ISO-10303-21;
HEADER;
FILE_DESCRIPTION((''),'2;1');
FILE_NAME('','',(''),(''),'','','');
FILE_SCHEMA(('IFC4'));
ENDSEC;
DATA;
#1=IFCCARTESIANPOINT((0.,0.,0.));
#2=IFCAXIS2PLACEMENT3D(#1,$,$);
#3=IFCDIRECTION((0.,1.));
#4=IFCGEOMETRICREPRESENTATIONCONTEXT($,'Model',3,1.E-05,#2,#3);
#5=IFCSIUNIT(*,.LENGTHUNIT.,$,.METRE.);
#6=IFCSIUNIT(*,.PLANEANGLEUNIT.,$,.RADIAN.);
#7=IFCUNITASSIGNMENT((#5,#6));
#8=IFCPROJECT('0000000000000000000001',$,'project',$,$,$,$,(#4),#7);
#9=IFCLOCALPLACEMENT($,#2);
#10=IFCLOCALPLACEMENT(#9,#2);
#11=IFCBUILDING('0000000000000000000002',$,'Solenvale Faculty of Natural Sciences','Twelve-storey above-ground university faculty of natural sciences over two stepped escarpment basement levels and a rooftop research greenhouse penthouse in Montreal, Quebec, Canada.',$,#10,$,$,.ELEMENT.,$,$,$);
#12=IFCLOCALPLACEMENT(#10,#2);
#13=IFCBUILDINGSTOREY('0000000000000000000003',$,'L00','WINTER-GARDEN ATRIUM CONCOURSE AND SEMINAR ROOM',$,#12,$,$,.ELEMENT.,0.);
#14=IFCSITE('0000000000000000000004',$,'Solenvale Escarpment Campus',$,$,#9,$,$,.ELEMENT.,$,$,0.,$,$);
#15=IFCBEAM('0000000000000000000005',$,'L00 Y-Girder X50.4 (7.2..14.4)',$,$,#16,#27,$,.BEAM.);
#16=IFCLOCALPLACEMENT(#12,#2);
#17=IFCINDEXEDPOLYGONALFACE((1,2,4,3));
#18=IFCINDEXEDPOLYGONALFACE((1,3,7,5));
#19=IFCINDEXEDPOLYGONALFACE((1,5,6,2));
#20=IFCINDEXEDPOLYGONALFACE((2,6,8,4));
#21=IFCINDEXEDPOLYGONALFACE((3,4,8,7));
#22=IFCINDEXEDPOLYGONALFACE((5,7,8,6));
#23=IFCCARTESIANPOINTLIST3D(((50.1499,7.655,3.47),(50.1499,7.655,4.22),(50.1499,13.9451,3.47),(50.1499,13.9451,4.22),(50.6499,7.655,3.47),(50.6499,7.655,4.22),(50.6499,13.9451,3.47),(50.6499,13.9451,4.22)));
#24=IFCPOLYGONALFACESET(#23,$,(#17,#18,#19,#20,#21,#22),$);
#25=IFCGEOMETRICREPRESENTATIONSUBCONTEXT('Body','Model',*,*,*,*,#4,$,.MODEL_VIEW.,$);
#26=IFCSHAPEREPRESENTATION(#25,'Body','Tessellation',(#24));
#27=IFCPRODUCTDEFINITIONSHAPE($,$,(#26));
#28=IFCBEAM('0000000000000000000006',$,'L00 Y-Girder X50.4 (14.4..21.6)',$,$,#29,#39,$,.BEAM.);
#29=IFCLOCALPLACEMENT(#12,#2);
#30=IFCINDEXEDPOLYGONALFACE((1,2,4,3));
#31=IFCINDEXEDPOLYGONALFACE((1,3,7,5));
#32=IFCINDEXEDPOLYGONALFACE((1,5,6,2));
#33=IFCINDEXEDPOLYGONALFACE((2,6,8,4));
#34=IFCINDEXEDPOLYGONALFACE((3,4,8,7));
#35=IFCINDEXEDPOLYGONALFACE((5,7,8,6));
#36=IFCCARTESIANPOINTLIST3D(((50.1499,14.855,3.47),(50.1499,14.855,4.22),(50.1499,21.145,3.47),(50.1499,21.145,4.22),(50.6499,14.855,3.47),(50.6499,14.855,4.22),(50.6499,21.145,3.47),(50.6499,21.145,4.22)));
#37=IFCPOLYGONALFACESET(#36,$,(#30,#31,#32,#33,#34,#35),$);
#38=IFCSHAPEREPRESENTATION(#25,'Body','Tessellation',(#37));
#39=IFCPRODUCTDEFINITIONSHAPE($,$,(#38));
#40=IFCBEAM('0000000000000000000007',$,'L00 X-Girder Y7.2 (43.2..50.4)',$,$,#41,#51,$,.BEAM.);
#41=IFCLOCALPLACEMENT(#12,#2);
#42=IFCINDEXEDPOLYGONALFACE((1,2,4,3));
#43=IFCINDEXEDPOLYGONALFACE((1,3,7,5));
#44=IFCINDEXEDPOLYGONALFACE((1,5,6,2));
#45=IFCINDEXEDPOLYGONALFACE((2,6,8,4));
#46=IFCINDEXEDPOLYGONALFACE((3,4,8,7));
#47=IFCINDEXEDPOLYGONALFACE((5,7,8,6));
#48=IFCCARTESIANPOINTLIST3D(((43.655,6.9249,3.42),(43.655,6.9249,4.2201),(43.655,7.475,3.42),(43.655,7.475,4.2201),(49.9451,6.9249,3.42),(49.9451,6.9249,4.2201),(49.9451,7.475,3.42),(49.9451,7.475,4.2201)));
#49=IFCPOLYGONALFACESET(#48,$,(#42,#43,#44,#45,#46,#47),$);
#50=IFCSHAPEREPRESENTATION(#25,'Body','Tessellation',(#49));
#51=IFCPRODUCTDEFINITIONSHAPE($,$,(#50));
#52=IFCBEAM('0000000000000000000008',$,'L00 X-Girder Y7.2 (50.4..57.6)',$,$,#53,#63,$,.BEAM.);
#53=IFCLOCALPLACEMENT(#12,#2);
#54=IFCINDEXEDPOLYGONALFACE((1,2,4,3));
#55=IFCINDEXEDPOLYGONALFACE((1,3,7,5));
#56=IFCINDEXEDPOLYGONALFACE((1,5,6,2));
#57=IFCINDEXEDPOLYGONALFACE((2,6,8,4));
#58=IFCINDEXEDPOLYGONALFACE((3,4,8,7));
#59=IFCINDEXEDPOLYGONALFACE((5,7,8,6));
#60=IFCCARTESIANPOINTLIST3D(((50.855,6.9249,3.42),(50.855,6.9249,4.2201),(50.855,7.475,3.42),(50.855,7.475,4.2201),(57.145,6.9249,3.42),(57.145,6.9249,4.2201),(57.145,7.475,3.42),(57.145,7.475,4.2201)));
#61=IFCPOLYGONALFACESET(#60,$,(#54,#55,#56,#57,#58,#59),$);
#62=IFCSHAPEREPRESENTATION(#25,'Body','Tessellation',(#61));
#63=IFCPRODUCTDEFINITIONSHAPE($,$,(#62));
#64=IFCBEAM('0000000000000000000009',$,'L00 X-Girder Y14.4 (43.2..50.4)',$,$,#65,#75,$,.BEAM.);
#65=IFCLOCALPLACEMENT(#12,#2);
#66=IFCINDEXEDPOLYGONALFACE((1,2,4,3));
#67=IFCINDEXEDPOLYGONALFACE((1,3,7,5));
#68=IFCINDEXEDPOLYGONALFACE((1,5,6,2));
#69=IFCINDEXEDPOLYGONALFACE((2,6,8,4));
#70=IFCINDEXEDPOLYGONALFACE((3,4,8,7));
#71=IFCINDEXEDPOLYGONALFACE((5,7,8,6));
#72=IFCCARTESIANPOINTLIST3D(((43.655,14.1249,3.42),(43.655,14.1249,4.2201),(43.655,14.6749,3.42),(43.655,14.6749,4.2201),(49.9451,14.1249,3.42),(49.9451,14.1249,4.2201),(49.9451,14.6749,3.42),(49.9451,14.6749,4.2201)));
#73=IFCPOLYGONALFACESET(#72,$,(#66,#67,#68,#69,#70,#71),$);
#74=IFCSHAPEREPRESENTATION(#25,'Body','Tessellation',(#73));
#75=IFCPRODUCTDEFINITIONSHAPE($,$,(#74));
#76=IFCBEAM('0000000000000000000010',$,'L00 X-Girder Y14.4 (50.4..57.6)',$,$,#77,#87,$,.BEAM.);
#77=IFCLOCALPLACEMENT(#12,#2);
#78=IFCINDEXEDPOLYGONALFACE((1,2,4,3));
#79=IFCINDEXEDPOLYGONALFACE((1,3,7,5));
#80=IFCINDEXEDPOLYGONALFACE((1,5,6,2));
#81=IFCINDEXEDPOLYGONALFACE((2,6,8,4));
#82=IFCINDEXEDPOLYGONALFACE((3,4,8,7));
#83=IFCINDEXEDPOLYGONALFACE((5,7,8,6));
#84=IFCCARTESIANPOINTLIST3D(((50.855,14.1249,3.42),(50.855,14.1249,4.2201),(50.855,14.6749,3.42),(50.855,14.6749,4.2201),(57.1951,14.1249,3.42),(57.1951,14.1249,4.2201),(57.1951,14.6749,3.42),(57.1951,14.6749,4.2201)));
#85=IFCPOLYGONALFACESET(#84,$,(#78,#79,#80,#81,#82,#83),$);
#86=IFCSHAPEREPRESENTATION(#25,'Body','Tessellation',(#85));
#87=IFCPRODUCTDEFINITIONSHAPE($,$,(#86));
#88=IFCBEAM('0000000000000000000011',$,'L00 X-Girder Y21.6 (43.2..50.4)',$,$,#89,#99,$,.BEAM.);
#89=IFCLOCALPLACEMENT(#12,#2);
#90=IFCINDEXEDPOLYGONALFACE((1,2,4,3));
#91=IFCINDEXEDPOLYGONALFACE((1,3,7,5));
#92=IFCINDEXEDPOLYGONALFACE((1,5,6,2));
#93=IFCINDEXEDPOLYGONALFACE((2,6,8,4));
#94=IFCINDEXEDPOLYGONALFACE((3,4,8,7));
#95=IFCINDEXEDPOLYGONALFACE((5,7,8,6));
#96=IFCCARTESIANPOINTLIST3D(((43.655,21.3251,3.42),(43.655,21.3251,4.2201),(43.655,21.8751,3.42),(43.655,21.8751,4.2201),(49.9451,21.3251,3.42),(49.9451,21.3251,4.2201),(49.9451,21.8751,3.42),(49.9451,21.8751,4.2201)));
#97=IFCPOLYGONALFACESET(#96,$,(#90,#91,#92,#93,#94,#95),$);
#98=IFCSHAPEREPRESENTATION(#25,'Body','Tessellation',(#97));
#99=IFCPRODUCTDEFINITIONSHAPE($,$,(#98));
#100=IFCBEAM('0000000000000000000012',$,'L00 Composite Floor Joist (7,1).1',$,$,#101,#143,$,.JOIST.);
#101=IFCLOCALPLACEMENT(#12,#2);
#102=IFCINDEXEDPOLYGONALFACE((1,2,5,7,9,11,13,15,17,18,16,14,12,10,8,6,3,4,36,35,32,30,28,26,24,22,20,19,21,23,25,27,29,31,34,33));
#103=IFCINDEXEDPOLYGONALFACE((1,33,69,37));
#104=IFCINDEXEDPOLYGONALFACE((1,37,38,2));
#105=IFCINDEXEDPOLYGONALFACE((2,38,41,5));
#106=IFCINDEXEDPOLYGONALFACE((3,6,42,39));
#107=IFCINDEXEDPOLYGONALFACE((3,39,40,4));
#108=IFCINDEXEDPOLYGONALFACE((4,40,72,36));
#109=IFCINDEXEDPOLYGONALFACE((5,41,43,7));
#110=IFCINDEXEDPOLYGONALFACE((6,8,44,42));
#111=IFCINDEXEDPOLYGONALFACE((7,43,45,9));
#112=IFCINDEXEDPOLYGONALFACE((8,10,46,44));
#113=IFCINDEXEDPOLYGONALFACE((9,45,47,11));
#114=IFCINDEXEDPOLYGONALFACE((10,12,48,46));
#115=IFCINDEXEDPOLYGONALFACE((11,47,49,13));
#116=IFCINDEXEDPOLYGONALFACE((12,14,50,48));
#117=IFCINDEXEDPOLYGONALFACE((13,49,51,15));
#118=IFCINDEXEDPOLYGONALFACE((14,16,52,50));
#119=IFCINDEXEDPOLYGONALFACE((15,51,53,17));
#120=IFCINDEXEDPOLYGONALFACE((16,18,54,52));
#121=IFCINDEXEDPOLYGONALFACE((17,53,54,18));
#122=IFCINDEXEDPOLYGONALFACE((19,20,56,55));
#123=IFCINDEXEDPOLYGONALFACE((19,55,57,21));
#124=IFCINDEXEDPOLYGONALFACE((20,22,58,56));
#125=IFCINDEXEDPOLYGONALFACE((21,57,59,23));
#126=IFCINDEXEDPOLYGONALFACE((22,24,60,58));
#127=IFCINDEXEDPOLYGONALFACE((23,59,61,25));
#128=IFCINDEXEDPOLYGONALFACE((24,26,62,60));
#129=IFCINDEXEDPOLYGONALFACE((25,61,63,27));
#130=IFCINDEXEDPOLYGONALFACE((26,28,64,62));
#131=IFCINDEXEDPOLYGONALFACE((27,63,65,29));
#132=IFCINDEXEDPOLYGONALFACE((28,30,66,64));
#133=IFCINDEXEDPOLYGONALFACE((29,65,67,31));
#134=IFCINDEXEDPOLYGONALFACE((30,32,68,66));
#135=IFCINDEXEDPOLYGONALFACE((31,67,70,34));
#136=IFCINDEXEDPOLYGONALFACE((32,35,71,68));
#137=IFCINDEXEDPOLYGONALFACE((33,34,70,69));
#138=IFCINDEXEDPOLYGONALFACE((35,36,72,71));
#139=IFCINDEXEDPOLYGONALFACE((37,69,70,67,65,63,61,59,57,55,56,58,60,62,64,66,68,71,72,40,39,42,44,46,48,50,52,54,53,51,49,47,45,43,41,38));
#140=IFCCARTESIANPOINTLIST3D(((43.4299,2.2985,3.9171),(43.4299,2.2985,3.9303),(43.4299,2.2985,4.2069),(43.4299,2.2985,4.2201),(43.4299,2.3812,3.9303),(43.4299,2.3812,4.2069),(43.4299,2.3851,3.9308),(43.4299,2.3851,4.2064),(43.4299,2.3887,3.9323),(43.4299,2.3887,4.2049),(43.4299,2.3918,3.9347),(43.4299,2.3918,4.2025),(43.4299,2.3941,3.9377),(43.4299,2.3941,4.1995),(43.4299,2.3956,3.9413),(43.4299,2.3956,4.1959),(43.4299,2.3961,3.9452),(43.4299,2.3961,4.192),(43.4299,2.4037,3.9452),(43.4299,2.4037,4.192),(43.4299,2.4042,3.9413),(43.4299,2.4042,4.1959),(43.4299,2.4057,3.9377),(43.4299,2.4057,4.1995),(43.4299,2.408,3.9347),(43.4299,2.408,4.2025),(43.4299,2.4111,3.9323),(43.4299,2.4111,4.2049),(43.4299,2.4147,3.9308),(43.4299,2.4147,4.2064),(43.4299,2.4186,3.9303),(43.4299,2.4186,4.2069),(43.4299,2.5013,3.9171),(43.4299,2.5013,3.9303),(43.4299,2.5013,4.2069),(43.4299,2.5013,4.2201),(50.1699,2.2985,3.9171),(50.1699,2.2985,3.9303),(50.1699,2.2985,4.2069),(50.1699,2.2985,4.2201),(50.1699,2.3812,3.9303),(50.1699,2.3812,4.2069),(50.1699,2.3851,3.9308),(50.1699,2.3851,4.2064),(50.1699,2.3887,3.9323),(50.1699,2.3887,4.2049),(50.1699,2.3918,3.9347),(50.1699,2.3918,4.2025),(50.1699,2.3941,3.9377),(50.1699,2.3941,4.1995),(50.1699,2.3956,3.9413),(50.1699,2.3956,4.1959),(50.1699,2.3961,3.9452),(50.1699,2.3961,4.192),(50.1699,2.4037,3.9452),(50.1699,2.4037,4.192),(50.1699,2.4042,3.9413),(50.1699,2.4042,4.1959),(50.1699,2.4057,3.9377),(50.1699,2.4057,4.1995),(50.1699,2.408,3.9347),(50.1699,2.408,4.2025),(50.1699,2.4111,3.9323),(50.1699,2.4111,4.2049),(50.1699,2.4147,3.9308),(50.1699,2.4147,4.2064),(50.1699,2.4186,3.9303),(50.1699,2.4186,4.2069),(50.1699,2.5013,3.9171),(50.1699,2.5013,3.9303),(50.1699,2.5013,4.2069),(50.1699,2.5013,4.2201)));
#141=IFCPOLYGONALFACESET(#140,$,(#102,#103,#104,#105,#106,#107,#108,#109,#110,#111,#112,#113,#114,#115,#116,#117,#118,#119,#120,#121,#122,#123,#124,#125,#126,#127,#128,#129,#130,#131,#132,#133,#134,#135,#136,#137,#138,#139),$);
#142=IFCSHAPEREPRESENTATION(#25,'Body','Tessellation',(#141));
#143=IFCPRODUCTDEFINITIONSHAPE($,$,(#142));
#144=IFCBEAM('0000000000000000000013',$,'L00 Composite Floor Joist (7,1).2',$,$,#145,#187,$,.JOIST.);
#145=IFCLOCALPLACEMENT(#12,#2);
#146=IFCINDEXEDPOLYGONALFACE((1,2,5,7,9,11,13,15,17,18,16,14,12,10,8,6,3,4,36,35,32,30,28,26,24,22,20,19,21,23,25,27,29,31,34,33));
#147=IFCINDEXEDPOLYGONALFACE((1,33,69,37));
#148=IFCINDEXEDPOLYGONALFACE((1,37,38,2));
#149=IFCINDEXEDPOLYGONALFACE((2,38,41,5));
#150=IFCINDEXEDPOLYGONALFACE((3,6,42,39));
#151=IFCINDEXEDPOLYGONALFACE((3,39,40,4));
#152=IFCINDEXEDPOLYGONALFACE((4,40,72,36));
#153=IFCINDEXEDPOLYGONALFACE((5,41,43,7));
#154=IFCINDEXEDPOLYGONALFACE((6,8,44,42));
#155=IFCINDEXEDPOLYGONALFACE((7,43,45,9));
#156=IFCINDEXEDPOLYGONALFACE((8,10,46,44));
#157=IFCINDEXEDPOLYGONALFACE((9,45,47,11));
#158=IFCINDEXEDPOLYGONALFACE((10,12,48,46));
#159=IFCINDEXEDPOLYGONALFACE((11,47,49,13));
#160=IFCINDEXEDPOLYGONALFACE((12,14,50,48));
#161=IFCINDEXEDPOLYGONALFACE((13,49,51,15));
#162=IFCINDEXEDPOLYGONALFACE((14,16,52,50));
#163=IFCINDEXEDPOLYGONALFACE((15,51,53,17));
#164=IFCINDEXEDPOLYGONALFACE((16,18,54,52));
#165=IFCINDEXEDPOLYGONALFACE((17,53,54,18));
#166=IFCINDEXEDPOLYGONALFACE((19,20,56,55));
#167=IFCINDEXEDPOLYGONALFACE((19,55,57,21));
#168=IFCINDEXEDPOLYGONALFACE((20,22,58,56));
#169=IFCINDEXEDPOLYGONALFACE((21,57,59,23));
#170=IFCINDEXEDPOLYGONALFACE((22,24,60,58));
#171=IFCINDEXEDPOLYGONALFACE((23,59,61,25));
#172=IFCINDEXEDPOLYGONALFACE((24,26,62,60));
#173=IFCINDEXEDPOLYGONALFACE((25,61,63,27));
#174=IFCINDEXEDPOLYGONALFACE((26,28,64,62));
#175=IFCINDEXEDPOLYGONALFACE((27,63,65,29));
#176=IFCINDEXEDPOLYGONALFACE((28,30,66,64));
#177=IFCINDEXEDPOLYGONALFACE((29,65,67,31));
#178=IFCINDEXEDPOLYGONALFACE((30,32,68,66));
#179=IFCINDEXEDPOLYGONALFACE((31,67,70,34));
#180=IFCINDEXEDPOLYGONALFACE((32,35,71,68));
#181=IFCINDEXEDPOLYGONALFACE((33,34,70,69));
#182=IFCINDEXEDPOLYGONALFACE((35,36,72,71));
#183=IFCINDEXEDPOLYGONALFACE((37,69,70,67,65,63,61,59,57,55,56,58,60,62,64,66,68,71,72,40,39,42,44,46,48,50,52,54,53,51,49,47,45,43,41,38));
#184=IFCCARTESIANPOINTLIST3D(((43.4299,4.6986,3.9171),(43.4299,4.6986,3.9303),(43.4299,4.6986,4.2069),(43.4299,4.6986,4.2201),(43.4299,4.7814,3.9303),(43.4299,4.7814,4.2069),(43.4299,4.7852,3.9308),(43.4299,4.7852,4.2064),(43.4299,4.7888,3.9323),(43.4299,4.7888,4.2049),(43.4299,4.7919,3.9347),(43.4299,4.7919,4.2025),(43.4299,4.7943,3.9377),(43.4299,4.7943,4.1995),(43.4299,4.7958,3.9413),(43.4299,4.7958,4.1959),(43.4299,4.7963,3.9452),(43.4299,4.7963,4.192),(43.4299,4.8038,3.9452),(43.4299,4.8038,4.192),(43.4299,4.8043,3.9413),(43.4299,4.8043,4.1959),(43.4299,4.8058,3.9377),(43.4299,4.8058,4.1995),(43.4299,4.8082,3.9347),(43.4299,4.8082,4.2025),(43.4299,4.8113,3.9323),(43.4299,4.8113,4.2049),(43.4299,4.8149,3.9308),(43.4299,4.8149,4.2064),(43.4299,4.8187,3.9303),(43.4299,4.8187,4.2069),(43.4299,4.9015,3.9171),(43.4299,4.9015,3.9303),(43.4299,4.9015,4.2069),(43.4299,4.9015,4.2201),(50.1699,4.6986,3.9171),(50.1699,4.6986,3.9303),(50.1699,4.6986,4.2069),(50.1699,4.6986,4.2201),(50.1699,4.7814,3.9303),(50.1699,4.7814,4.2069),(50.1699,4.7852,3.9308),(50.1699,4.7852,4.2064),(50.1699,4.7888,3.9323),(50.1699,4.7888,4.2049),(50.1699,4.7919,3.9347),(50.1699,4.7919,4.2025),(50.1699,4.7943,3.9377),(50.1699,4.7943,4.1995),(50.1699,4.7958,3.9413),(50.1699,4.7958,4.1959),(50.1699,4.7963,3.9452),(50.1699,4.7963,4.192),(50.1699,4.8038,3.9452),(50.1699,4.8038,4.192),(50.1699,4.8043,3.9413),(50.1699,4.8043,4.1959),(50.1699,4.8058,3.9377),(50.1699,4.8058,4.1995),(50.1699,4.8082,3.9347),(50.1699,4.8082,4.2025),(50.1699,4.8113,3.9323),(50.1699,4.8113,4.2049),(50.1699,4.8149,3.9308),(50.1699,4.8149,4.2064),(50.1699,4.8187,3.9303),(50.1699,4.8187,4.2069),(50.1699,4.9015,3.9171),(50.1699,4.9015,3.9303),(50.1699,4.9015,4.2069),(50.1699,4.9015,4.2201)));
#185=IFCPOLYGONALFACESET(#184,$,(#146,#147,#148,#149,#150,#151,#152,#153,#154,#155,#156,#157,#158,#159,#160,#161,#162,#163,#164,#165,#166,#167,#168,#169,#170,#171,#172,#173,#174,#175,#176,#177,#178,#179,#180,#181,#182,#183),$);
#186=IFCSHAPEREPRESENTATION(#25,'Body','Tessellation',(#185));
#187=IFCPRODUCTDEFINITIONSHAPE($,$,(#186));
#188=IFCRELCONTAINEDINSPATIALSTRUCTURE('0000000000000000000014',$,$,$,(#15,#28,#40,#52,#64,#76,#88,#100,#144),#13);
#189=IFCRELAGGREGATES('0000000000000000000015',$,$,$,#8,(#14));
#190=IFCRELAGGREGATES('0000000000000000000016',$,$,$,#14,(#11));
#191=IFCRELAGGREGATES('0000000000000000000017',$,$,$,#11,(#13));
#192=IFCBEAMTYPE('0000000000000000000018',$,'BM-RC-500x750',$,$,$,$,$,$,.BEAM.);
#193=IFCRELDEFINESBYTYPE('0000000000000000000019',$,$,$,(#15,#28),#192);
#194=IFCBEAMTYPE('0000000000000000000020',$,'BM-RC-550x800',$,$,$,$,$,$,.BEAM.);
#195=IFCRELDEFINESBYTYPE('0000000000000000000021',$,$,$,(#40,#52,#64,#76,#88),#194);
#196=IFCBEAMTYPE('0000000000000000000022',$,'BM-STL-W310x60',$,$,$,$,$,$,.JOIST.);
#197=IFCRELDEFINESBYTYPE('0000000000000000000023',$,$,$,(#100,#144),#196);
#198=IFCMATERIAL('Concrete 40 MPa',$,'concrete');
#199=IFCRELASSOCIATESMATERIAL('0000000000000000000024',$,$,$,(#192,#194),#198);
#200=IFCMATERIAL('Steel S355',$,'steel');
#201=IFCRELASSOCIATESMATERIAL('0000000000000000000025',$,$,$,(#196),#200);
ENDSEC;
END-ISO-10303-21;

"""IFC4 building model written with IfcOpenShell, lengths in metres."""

from ifc_helpers import new_model, si_unit, direction, frame, origin, origin_2d, place, context, subcontext, project, spatial, rectangle, i_section, extrude, material, material_profile, profile_set, type_object, element, save


model = new_model("IFC4")

# Units and contexts
model_context = context("Model", 3, precision=1e-05, world=origin(), true_north=direction((0.0, 1.0)))
body_context = subcontext(model_context, "Body", "Model", "MODEL_VIEW")
ifc_project = project(units=[si_unit("LENGTHUNIT", "METRE"), si_unit("PLANEANGLEUNIT", "RADIAN")], contexts=[model_context])

# Site, building, storey
site_placement = place(None, origin())
site = spatial("IfcSite", under=ifc_project, at=site_placement, Name="Solenvale Escarpment Campus", CompositionType="ELEMENT", RefElevation=0.0)
building_placement = place(site_placement, origin())
building = spatial("IfcBuilding", under=site, at=building_placement, Name="Solenvale Faculty of Natural Sciences", Description="Twelve-storey above-ground university faculty of natural sciences over two stepped escarpment basement levels and a rooftop research greenhouse penthouse in Montreal, Quebec, Canada.", CompositionType="ELEMENT")
storey_placement = place(building_placement, origin())
storey = spatial("IfcBuildingStorey", under=building, at=storey_placement, Name="L00", Description="WINTER-GARDEN ATRIUM CONCOURSE AND SEMINAR ROOM", CompositionType="ELEMENT", Elevation=0.0)

# Shared definitions
ifc_material_1 = material(Name="Concrete 40 MPa", Category="concrete")

# Beams
ifc_material_profile_1 = material_profile(ifc_material_1, rectangle(XDim=0.5, YDim=0.75, at=origin_2d()), Name="RC-BM-500x750")
ifc_profile_set_1 = profile_set([ifc_material_profile_1], Name="Concrete 40 MPa")
beam_type_1 = type_object("IfcBeamType", Name="BM-RC-500x750", PredefinedType="BEAM", material=ifc_profile_set_1)
for number, where, z_axis, x_axis, name in (
    (1, (50.3999, 7.655, 3.845), (0.0, 1.0, 0.0), (-1.0, 0.0, 0.0), "L00 Y-Girder X50.4 (7.2..14.4)"),
    (2, (50.3999, 14.855, 3.845), (0.0, 1.0, 0.0), (-1.0, 0.0, 0.0), "L00 Y-Girder X50.4 (14.4..21.6)"),
):
    element("IfcBeam", number, at=place(storey_placement, frame(where, z_axis=z_axis, x_axis=x_axis)), inside=storey, type_object=beam_type_1, Name=name, PredefinedType="BEAM", context=body_context, shape_type="SweptSolid", body=[
        extrude(rectangle(XDim=0.5, YDim=0.75, at=origin_2d()), origin(), (0.0, 0.0, 1.0), 6.29),
    ])
ifc_material_profile_2 = material_profile(ifc_material_1, rectangle(XDim=0.55, YDim=0.8, at=origin_2d()), Name="RC-BM-550x800")
ifc_profile_set_2 = profile_set([ifc_material_profile_2], Name="Concrete 40 MPa")
beam_type_2 = type_object("IfcBeamType", Name="BM-RC-550x800", PredefinedType="BEAM", material=ifc_profile_set_2)
for number, where, z_axis, x_axis, name in (
    (3, (43.655, 7.2, 3.8201), (1.0, 0.0, 0.0), (0.0, 1.0, 0.0), "L00 X-Girder Y7.2 (43.2..50.4)"),
    (4, (50.855, 7.2, 3.8201), (1.0, 0.0, 0.0), (0.0, 1.0, 0.0), "L00 X-Girder Y7.2 (50.4..57.6)"),
    (5, (43.655, 14.3999, 3.8201), (1.0, 0.0, 0.0), (0.0, 1.0, 0.0), "L00 X-Girder Y14.4 (43.2..50.4)"),
):
    element("IfcBeam", number, at=place(storey_placement, frame(where, z_axis=z_axis, x_axis=x_axis)), inside=storey, type_object=beam_type_2, Name=name, PredefinedType="BEAM", context=body_context, shape_type="SweptSolid", body=[
        extrude(rectangle(XDim=0.55, YDim=0.8, at=origin_2d()), origin(), (0.0, 0.0, 1.0), 6.29),
    ])
beam_1_placement = place(storey_placement, frame((50.855, 14.3999, 3.8201), z_axis=(1.0, 0.0, 0.0), x_axis=(0.0, 1.0, 0.0)))
element("IfcBeam", 6, at=beam_1_placement, inside=storey, type_object=beam_type_2, Name="L00 X-Girder Y14.4 (50.4..57.6)", PredefinedType="BEAM", context=body_context, shape_type="SweptSolid", body=[
    extrude(rectangle(XDim=0.55, YDim=0.8, at=origin_2d()), origin(), (0.0, 0.0, 1.0), 6.3401),
])
beam_2_placement = place(storey_placement, frame((43.655, 21.6001, 3.8201), z_axis=(1.0, 0.0, 0.0), x_axis=(0.0, 1.0, 0.0)))
element("IfcBeam", 7, at=beam_2_placement, inside=storey, type_object=beam_type_2, Name="L00 X-Girder Y21.6 (43.2..50.4)", PredefinedType="BEAM", context=body_context, shape_type="SweptSolid", body=[
    extrude(rectangle(XDim=0.55, YDim=0.8, at=origin_2d()), origin(), (0.0, 0.0, 1.0), 6.29),
])
ifc_material_2 = material(Name="Steel S355", Category="steel")
ifc_material_profile_3 = material_profile(ifc_material_2, i_section(OverallWidth=0.2029, OverallDepth=0.303, WebThickness=0.0076, FlangeThickness=0.0132, FilletRadius=0.0149, at=origin_2d()), Name="W310x60")
ifc_profile_set_3 = profile_set([ifc_material_profile_3], Name="Steel S355")
beam_type_3 = type_object("IfcBeamType", Name="BM-STL-W310x60", PredefinedType="JOIST", material=ifc_profile_set_3)
for number, where, z_axis, x_axis, name in (
    (8, (43.4299, 2.3999, 4.0686), (1.0, 0.0, 0.0), (0.0, 1.0, 0.0), "L00 Composite Floor Joist (7,1).1"),
    (9, (43.4299, 4.8, 4.0686), (1.0, 0.0, 0.0), (0.0, 1.0, 0.0), "L00 Composite Floor Joist (7,1).2"),
):
    element("IfcBeam", number, at=place(storey_placement, frame(where, z_axis=z_axis, x_axis=x_axis)), inside=storey, type_object=beam_type_3, Name=name, PredefinedType="JOIST", context=body_context, shape_type="SweptSolid", body=[
        extrude(i_section(OverallWidth=0.2029, OverallDepth=0.303, WebThickness=0.0076, FlangeThickness=0.0132, FilletRadius=0.0149, at=origin_2d()), origin(), (0.0, 0.0, 1.0), 6.74),
    ])

save(model, "model.ifc")
